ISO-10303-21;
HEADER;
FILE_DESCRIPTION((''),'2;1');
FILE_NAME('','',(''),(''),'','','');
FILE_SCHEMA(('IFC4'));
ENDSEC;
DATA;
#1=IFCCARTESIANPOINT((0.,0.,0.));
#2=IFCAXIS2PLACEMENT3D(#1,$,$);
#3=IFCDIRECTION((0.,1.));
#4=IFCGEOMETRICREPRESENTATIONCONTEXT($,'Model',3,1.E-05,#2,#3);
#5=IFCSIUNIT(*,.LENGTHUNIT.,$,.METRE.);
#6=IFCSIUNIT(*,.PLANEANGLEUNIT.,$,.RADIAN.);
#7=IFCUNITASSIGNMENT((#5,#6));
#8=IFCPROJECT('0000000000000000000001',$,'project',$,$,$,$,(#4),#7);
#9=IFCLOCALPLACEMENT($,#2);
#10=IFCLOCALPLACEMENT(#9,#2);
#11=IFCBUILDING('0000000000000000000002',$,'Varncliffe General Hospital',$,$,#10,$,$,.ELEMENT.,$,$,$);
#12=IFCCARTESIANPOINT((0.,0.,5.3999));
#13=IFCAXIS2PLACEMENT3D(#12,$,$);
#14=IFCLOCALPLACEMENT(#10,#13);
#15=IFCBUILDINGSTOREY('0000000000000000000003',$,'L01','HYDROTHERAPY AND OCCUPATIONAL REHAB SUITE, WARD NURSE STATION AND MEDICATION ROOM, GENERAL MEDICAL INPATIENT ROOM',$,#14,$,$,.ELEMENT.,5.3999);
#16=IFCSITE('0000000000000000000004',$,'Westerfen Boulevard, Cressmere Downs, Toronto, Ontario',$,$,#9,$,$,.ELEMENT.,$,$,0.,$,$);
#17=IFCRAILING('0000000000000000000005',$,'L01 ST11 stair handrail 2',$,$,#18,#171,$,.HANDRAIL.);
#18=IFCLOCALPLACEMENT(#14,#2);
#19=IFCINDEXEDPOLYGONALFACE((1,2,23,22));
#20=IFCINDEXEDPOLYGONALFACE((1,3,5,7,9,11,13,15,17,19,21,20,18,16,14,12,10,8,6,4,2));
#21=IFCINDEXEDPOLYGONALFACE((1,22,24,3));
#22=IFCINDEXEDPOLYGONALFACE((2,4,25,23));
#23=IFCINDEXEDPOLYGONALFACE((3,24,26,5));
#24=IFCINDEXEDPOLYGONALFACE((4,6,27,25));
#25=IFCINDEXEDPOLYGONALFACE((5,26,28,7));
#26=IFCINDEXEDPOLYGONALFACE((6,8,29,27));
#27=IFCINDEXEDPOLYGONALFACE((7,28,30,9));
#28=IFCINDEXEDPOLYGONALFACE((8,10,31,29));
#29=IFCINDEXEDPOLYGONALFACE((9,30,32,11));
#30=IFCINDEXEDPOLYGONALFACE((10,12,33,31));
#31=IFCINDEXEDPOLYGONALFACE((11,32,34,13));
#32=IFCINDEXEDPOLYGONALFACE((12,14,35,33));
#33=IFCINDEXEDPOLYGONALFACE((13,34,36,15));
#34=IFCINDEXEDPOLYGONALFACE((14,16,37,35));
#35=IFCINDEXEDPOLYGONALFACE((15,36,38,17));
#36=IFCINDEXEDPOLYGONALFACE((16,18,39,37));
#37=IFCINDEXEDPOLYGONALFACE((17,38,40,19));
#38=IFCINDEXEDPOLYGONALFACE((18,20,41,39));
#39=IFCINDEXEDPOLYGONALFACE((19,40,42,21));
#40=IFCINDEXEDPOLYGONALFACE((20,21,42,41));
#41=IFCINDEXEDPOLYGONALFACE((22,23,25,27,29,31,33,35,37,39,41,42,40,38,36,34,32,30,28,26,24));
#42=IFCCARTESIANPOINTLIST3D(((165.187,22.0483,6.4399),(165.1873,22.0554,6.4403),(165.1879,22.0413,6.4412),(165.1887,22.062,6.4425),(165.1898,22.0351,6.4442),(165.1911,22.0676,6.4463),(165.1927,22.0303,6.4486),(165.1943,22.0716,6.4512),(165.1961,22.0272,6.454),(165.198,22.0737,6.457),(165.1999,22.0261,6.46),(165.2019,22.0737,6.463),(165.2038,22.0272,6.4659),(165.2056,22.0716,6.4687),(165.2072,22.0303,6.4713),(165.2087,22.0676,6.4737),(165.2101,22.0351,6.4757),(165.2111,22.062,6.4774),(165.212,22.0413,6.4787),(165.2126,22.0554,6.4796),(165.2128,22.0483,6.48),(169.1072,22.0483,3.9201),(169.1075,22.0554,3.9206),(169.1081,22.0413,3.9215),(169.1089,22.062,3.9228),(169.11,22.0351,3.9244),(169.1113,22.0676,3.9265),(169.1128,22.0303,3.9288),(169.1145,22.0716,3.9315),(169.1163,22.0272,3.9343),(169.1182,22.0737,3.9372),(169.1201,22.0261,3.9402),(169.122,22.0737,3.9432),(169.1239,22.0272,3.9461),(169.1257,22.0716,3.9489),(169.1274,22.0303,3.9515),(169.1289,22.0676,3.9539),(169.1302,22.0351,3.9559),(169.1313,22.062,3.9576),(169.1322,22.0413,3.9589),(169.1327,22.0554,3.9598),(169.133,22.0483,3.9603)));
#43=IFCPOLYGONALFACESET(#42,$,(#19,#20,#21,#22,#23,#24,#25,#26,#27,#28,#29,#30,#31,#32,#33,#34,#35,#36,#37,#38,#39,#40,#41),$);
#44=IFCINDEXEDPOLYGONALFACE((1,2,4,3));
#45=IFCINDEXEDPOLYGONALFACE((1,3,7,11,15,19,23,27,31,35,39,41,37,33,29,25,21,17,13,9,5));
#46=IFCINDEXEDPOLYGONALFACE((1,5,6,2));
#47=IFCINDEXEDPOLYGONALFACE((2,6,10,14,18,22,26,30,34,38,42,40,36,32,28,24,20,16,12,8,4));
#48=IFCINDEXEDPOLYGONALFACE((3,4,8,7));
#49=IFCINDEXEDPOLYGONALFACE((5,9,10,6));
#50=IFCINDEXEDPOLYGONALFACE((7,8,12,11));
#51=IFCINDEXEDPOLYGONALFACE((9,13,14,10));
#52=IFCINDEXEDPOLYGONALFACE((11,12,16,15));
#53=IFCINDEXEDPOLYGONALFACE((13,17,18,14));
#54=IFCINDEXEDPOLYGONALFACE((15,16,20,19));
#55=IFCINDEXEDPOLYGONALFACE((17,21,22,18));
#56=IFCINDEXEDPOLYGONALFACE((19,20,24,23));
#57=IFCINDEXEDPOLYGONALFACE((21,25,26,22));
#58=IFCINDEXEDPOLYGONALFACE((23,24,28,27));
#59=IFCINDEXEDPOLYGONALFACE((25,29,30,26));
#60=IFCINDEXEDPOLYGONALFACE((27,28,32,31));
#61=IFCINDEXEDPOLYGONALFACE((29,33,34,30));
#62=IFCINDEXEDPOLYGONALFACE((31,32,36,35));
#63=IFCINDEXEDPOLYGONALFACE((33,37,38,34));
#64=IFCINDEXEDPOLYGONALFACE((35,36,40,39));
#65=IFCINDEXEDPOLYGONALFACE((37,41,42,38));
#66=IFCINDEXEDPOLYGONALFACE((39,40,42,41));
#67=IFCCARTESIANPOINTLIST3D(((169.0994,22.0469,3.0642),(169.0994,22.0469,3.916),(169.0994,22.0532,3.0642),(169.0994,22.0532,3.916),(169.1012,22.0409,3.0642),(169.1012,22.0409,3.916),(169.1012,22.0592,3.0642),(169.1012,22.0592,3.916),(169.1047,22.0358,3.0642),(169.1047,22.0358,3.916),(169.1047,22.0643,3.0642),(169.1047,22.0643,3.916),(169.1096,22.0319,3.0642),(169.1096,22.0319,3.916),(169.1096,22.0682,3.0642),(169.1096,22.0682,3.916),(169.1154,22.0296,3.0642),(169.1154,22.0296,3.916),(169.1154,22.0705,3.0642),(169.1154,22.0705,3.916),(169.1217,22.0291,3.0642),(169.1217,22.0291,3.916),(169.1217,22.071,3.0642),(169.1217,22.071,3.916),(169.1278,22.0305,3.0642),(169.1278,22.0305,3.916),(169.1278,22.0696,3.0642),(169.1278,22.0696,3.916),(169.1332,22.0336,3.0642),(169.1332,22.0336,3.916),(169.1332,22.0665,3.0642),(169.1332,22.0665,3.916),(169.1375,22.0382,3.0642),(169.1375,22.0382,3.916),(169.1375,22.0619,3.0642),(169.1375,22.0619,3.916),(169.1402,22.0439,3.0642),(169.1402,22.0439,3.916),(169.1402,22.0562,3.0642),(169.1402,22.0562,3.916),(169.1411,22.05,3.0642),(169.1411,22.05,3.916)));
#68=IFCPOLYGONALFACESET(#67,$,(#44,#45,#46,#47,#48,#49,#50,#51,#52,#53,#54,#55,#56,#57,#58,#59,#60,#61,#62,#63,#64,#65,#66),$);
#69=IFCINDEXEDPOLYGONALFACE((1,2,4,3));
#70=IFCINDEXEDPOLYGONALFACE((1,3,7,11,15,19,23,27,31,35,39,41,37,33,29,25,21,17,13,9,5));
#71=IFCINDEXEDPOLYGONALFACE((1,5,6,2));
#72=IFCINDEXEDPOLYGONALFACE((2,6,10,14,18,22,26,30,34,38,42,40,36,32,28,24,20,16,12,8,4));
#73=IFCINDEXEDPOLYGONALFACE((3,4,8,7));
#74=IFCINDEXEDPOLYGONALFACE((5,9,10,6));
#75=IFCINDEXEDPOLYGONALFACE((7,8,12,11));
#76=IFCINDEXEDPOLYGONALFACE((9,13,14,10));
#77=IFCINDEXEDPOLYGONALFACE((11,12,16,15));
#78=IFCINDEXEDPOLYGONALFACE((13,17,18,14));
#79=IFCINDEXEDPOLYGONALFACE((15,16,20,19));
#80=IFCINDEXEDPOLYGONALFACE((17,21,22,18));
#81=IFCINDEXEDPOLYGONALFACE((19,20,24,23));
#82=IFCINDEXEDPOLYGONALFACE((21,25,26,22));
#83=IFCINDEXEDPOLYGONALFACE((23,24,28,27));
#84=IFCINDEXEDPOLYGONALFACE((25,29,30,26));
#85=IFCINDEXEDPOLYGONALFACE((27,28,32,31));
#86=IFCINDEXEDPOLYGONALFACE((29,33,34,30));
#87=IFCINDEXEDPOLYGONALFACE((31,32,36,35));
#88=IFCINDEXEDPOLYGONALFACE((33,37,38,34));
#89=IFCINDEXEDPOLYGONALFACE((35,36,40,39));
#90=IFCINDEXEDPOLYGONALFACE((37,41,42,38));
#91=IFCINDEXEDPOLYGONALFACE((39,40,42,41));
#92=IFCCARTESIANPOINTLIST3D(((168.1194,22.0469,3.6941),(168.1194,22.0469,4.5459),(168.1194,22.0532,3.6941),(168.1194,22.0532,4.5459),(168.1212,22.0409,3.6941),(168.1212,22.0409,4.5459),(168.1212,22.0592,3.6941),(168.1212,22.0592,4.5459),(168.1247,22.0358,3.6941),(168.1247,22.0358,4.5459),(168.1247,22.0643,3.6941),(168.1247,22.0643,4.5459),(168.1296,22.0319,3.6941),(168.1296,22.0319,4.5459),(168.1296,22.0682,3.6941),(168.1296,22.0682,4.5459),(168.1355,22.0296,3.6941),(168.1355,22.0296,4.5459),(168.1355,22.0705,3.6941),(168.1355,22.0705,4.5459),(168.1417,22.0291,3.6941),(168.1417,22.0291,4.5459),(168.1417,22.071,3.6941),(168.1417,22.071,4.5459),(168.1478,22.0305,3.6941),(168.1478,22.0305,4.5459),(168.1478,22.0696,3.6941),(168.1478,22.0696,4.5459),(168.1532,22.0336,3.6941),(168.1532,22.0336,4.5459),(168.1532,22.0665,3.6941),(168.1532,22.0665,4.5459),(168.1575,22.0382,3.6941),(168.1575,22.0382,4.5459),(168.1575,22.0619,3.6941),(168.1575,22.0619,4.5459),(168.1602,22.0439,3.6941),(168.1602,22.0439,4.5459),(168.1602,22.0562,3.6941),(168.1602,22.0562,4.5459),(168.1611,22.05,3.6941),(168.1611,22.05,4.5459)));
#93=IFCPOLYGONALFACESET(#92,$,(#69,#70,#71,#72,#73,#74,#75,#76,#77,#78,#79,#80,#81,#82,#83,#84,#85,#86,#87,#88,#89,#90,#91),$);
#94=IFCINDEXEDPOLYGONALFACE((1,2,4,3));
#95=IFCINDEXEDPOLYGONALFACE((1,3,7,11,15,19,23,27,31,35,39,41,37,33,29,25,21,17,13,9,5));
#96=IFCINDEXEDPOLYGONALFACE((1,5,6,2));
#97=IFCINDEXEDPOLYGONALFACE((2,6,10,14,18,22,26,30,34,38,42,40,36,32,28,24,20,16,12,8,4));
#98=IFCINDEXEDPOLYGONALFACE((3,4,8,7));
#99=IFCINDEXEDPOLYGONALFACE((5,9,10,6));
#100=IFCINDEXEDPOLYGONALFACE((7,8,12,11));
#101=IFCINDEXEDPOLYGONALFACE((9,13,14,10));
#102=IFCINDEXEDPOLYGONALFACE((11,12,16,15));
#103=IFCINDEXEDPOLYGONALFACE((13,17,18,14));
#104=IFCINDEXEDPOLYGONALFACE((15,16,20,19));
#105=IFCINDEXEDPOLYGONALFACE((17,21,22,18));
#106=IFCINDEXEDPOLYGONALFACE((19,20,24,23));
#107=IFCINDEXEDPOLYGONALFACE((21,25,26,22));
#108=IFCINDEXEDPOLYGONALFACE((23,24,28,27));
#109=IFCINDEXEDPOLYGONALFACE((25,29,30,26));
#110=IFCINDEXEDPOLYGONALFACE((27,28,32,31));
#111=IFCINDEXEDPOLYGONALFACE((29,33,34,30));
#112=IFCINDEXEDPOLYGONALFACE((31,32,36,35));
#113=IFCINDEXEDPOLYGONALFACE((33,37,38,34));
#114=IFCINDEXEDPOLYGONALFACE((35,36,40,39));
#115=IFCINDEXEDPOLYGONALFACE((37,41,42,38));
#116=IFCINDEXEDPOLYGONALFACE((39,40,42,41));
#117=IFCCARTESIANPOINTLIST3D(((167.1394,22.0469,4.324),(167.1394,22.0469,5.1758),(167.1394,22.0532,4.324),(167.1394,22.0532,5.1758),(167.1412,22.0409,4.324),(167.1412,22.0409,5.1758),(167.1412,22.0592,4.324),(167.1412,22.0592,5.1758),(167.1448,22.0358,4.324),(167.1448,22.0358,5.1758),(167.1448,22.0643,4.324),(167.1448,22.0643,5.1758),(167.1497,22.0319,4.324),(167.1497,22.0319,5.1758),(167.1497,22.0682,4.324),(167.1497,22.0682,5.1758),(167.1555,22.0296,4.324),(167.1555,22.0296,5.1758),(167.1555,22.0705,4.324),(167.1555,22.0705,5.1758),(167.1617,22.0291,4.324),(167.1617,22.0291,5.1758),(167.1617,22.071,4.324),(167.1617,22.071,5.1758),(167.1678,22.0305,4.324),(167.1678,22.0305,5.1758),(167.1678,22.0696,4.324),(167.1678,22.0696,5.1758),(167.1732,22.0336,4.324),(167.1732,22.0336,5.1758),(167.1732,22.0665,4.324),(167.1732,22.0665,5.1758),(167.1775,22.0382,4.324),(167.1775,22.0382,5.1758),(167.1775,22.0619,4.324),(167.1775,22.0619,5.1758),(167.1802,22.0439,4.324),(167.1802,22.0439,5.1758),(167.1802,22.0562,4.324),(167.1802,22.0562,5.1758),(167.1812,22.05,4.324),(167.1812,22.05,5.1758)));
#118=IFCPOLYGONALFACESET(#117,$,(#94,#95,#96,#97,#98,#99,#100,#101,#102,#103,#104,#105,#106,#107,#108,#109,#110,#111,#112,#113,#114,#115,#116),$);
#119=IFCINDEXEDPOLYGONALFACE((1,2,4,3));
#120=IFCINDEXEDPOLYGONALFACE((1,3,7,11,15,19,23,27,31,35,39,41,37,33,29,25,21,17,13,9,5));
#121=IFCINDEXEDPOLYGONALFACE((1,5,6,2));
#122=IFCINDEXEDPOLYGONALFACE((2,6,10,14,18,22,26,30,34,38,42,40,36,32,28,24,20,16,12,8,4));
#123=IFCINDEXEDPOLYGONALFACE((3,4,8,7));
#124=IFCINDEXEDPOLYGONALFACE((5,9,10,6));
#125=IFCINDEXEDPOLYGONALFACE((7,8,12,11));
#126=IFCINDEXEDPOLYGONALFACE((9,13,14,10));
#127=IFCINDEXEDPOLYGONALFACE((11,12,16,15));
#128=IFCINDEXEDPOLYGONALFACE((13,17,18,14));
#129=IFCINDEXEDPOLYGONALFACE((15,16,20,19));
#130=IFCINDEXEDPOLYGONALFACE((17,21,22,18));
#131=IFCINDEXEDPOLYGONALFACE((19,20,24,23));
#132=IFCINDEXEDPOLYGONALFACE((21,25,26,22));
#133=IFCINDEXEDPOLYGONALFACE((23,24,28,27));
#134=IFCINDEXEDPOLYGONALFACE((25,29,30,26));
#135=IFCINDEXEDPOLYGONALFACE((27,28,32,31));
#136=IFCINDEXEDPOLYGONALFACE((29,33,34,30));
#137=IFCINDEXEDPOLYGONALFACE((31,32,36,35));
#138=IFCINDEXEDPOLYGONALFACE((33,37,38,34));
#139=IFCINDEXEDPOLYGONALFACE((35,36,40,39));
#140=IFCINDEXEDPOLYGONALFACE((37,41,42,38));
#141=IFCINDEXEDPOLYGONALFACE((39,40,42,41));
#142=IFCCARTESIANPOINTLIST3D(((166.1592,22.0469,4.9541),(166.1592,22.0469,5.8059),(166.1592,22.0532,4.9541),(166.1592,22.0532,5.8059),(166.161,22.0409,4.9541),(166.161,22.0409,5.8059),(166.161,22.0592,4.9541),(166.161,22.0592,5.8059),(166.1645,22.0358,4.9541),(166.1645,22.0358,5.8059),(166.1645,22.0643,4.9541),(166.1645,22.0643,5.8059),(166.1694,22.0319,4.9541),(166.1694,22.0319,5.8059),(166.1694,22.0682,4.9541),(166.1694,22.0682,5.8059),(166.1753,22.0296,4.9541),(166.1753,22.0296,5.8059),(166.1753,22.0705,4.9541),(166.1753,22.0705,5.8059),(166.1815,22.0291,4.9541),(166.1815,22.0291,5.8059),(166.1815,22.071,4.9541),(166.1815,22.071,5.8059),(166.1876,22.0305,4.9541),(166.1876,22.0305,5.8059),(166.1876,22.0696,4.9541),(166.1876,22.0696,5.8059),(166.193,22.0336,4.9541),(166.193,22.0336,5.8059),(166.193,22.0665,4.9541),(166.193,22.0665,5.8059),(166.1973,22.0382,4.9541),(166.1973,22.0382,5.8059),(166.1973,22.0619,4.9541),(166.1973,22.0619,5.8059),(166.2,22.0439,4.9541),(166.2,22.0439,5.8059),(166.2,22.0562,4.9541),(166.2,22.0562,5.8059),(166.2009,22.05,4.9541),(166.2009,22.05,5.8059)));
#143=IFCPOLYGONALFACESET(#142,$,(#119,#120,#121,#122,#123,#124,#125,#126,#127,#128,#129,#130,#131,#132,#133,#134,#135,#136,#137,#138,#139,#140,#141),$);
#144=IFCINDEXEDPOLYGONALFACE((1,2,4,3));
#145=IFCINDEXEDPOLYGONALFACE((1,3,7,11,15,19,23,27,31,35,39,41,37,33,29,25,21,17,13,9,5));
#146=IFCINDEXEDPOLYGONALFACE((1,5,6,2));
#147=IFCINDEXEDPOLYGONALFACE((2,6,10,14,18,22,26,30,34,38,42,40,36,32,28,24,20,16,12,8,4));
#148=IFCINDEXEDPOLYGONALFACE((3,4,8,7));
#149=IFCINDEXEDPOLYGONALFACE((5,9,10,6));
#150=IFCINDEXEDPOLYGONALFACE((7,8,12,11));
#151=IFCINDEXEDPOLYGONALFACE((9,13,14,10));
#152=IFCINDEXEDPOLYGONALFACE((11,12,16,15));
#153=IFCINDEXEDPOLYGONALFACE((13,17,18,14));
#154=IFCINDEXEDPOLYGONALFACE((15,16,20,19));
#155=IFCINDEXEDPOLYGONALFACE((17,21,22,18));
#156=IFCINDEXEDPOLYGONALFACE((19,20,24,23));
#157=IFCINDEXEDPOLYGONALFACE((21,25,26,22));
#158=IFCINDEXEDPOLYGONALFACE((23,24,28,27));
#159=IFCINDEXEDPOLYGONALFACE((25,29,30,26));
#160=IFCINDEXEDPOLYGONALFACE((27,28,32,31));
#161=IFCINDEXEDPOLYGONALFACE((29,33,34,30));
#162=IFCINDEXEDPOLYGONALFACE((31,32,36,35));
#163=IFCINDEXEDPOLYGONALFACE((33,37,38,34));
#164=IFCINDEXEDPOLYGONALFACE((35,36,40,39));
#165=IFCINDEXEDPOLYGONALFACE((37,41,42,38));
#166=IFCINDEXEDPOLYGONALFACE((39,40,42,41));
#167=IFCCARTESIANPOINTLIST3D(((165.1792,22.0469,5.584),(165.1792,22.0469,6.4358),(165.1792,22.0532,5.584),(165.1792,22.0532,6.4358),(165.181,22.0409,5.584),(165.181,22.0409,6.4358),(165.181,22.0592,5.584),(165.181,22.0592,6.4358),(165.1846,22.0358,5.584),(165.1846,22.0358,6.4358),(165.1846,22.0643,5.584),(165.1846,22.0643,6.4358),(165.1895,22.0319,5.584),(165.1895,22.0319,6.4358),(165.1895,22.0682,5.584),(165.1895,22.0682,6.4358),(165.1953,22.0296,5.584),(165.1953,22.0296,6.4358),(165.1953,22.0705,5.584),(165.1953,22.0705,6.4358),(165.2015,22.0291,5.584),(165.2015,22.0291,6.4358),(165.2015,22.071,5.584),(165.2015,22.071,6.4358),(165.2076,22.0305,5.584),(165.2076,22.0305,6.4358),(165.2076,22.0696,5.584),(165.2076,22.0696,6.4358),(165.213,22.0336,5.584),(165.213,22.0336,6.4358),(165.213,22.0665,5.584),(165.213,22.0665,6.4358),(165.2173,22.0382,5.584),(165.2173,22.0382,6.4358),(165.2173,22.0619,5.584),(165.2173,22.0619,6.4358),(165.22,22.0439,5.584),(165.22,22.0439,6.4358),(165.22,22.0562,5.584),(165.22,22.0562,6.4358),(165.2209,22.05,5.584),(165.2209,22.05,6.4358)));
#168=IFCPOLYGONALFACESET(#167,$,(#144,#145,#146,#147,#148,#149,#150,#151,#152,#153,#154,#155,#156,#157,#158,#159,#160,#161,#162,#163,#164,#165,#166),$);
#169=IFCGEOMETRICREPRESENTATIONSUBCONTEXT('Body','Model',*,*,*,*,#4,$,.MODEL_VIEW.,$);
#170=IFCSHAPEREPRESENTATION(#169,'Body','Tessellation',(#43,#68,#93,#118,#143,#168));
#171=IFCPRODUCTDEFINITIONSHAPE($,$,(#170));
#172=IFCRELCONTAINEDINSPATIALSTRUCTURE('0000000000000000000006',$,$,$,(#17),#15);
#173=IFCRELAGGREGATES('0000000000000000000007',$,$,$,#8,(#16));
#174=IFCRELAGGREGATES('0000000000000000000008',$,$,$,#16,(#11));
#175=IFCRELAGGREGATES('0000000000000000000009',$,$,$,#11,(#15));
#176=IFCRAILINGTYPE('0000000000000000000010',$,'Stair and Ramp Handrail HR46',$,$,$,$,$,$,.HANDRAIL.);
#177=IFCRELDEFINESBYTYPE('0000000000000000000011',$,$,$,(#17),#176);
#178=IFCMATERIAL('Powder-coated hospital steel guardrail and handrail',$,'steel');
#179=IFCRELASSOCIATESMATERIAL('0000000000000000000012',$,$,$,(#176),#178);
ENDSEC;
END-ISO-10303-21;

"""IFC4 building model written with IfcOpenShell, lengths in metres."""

from ifc_helpers import new_model, si_unit, direction, frame, origin, origin_2d, place, context, subcontext, project, spatial, circle, extrude, material, type_object, element, save


model = new_model("IFC4")

# Units and contexts
model_context = context("Model", 3, precision=1e-05, world=origin(), true_north=direction((0.0, 1.0)))
body_context = subcontext(model_context, "Body", "Model", "MODEL_VIEW")
ifc_project = project(units=[si_unit("LENGTHUNIT", "METRE"), si_unit("PLANEANGLEUNIT", "RADIAN")], contexts=[model_context])

# Site, building, storey
site_placement = place(None, origin())
site = spatial("IfcSite", under=ifc_project, at=site_placement, Name="Westerfen Boulevard, Cressmere Downs, Toronto, Ontario", CompositionType="ELEMENT", RefElevation=0.0)
building_placement = place(site_placement, origin())
building = spatial("IfcBuilding", under=site, at=building_placement, Name="Varncliffe General Hospital", CompositionType="ELEMENT")
storey_placement = place(building_placement, frame((0.0, 0.0, 5.3999)))
storey = spatial("IfcBuildingStorey", under=building, at=storey_placement, Name="L01", Description="HYDROTHERAPY AND OCCUPATIONAL REHAB SUITE, WARD NURSE STATION AND MEDICATION ROOM, GENERAL MEDICAL INPATIENT ROOM", CompositionType="ELEMENT", Elevation=5.3999)

# Railing
ifc_material_1 = material(Name="Powder-coated hospital steel guardrail and handrail", Category="steel")
railing_type_1 = type_object("IfcRailingType", Name="Stair and Ramp Handrail HR46", PredefinedType="HANDRAIL", material=ifc_material_1)
railing_1_placement = place(storey_placement, frame((169.1201, 22.05, 3.0642)))
element("IfcRailing", 1, at=railing_1_placement, inside=storey, type_object=railing_type_1, Name="L01 ST11 stair handrail 2", PredefinedType="HANDRAIL", context=body_context, shape_type="SweptSolid", body=[
    extrude(circle(Radius=0.0239, at=origin_2d()), frame((0.0, 0.0, 0.876), z_axis=(-0.841211, 0.0, 0.540707), x_axis=(0.0, -1.0, 0.0)), (0.0, 0.0, 1.0), 4.6602),
    extrude(circle(Radius=0.021, at=origin_2d()), origin(), (0.0, 0.0, 1.0), 0.8518),
    extrude(circle(Radius=0.021, at=origin_2d()), frame((-0.98, 0.0, 0.6299)), (0.0, 0.0, 1.0), 0.8518),
    extrude(circle(Radius=0.021, at=origin_2d()), frame((-1.96, 0.0, 1.2598)), (0.0, 0.0, 1.0), 0.8518),
    extrude(circle(Radius=0.021, at=origin_2d()), frame((-2.9402, 0.0, 1.8899)), (0.0, 0.0, 1.0), 0.8518),
    extrude(circle(Radius=0.021, at=origin_2d()), frame((-3.9202, 0.0, 2.5198)), (0.0, 0.0, 1.0), 0.8518),
])

save(model, "model.ifc")
